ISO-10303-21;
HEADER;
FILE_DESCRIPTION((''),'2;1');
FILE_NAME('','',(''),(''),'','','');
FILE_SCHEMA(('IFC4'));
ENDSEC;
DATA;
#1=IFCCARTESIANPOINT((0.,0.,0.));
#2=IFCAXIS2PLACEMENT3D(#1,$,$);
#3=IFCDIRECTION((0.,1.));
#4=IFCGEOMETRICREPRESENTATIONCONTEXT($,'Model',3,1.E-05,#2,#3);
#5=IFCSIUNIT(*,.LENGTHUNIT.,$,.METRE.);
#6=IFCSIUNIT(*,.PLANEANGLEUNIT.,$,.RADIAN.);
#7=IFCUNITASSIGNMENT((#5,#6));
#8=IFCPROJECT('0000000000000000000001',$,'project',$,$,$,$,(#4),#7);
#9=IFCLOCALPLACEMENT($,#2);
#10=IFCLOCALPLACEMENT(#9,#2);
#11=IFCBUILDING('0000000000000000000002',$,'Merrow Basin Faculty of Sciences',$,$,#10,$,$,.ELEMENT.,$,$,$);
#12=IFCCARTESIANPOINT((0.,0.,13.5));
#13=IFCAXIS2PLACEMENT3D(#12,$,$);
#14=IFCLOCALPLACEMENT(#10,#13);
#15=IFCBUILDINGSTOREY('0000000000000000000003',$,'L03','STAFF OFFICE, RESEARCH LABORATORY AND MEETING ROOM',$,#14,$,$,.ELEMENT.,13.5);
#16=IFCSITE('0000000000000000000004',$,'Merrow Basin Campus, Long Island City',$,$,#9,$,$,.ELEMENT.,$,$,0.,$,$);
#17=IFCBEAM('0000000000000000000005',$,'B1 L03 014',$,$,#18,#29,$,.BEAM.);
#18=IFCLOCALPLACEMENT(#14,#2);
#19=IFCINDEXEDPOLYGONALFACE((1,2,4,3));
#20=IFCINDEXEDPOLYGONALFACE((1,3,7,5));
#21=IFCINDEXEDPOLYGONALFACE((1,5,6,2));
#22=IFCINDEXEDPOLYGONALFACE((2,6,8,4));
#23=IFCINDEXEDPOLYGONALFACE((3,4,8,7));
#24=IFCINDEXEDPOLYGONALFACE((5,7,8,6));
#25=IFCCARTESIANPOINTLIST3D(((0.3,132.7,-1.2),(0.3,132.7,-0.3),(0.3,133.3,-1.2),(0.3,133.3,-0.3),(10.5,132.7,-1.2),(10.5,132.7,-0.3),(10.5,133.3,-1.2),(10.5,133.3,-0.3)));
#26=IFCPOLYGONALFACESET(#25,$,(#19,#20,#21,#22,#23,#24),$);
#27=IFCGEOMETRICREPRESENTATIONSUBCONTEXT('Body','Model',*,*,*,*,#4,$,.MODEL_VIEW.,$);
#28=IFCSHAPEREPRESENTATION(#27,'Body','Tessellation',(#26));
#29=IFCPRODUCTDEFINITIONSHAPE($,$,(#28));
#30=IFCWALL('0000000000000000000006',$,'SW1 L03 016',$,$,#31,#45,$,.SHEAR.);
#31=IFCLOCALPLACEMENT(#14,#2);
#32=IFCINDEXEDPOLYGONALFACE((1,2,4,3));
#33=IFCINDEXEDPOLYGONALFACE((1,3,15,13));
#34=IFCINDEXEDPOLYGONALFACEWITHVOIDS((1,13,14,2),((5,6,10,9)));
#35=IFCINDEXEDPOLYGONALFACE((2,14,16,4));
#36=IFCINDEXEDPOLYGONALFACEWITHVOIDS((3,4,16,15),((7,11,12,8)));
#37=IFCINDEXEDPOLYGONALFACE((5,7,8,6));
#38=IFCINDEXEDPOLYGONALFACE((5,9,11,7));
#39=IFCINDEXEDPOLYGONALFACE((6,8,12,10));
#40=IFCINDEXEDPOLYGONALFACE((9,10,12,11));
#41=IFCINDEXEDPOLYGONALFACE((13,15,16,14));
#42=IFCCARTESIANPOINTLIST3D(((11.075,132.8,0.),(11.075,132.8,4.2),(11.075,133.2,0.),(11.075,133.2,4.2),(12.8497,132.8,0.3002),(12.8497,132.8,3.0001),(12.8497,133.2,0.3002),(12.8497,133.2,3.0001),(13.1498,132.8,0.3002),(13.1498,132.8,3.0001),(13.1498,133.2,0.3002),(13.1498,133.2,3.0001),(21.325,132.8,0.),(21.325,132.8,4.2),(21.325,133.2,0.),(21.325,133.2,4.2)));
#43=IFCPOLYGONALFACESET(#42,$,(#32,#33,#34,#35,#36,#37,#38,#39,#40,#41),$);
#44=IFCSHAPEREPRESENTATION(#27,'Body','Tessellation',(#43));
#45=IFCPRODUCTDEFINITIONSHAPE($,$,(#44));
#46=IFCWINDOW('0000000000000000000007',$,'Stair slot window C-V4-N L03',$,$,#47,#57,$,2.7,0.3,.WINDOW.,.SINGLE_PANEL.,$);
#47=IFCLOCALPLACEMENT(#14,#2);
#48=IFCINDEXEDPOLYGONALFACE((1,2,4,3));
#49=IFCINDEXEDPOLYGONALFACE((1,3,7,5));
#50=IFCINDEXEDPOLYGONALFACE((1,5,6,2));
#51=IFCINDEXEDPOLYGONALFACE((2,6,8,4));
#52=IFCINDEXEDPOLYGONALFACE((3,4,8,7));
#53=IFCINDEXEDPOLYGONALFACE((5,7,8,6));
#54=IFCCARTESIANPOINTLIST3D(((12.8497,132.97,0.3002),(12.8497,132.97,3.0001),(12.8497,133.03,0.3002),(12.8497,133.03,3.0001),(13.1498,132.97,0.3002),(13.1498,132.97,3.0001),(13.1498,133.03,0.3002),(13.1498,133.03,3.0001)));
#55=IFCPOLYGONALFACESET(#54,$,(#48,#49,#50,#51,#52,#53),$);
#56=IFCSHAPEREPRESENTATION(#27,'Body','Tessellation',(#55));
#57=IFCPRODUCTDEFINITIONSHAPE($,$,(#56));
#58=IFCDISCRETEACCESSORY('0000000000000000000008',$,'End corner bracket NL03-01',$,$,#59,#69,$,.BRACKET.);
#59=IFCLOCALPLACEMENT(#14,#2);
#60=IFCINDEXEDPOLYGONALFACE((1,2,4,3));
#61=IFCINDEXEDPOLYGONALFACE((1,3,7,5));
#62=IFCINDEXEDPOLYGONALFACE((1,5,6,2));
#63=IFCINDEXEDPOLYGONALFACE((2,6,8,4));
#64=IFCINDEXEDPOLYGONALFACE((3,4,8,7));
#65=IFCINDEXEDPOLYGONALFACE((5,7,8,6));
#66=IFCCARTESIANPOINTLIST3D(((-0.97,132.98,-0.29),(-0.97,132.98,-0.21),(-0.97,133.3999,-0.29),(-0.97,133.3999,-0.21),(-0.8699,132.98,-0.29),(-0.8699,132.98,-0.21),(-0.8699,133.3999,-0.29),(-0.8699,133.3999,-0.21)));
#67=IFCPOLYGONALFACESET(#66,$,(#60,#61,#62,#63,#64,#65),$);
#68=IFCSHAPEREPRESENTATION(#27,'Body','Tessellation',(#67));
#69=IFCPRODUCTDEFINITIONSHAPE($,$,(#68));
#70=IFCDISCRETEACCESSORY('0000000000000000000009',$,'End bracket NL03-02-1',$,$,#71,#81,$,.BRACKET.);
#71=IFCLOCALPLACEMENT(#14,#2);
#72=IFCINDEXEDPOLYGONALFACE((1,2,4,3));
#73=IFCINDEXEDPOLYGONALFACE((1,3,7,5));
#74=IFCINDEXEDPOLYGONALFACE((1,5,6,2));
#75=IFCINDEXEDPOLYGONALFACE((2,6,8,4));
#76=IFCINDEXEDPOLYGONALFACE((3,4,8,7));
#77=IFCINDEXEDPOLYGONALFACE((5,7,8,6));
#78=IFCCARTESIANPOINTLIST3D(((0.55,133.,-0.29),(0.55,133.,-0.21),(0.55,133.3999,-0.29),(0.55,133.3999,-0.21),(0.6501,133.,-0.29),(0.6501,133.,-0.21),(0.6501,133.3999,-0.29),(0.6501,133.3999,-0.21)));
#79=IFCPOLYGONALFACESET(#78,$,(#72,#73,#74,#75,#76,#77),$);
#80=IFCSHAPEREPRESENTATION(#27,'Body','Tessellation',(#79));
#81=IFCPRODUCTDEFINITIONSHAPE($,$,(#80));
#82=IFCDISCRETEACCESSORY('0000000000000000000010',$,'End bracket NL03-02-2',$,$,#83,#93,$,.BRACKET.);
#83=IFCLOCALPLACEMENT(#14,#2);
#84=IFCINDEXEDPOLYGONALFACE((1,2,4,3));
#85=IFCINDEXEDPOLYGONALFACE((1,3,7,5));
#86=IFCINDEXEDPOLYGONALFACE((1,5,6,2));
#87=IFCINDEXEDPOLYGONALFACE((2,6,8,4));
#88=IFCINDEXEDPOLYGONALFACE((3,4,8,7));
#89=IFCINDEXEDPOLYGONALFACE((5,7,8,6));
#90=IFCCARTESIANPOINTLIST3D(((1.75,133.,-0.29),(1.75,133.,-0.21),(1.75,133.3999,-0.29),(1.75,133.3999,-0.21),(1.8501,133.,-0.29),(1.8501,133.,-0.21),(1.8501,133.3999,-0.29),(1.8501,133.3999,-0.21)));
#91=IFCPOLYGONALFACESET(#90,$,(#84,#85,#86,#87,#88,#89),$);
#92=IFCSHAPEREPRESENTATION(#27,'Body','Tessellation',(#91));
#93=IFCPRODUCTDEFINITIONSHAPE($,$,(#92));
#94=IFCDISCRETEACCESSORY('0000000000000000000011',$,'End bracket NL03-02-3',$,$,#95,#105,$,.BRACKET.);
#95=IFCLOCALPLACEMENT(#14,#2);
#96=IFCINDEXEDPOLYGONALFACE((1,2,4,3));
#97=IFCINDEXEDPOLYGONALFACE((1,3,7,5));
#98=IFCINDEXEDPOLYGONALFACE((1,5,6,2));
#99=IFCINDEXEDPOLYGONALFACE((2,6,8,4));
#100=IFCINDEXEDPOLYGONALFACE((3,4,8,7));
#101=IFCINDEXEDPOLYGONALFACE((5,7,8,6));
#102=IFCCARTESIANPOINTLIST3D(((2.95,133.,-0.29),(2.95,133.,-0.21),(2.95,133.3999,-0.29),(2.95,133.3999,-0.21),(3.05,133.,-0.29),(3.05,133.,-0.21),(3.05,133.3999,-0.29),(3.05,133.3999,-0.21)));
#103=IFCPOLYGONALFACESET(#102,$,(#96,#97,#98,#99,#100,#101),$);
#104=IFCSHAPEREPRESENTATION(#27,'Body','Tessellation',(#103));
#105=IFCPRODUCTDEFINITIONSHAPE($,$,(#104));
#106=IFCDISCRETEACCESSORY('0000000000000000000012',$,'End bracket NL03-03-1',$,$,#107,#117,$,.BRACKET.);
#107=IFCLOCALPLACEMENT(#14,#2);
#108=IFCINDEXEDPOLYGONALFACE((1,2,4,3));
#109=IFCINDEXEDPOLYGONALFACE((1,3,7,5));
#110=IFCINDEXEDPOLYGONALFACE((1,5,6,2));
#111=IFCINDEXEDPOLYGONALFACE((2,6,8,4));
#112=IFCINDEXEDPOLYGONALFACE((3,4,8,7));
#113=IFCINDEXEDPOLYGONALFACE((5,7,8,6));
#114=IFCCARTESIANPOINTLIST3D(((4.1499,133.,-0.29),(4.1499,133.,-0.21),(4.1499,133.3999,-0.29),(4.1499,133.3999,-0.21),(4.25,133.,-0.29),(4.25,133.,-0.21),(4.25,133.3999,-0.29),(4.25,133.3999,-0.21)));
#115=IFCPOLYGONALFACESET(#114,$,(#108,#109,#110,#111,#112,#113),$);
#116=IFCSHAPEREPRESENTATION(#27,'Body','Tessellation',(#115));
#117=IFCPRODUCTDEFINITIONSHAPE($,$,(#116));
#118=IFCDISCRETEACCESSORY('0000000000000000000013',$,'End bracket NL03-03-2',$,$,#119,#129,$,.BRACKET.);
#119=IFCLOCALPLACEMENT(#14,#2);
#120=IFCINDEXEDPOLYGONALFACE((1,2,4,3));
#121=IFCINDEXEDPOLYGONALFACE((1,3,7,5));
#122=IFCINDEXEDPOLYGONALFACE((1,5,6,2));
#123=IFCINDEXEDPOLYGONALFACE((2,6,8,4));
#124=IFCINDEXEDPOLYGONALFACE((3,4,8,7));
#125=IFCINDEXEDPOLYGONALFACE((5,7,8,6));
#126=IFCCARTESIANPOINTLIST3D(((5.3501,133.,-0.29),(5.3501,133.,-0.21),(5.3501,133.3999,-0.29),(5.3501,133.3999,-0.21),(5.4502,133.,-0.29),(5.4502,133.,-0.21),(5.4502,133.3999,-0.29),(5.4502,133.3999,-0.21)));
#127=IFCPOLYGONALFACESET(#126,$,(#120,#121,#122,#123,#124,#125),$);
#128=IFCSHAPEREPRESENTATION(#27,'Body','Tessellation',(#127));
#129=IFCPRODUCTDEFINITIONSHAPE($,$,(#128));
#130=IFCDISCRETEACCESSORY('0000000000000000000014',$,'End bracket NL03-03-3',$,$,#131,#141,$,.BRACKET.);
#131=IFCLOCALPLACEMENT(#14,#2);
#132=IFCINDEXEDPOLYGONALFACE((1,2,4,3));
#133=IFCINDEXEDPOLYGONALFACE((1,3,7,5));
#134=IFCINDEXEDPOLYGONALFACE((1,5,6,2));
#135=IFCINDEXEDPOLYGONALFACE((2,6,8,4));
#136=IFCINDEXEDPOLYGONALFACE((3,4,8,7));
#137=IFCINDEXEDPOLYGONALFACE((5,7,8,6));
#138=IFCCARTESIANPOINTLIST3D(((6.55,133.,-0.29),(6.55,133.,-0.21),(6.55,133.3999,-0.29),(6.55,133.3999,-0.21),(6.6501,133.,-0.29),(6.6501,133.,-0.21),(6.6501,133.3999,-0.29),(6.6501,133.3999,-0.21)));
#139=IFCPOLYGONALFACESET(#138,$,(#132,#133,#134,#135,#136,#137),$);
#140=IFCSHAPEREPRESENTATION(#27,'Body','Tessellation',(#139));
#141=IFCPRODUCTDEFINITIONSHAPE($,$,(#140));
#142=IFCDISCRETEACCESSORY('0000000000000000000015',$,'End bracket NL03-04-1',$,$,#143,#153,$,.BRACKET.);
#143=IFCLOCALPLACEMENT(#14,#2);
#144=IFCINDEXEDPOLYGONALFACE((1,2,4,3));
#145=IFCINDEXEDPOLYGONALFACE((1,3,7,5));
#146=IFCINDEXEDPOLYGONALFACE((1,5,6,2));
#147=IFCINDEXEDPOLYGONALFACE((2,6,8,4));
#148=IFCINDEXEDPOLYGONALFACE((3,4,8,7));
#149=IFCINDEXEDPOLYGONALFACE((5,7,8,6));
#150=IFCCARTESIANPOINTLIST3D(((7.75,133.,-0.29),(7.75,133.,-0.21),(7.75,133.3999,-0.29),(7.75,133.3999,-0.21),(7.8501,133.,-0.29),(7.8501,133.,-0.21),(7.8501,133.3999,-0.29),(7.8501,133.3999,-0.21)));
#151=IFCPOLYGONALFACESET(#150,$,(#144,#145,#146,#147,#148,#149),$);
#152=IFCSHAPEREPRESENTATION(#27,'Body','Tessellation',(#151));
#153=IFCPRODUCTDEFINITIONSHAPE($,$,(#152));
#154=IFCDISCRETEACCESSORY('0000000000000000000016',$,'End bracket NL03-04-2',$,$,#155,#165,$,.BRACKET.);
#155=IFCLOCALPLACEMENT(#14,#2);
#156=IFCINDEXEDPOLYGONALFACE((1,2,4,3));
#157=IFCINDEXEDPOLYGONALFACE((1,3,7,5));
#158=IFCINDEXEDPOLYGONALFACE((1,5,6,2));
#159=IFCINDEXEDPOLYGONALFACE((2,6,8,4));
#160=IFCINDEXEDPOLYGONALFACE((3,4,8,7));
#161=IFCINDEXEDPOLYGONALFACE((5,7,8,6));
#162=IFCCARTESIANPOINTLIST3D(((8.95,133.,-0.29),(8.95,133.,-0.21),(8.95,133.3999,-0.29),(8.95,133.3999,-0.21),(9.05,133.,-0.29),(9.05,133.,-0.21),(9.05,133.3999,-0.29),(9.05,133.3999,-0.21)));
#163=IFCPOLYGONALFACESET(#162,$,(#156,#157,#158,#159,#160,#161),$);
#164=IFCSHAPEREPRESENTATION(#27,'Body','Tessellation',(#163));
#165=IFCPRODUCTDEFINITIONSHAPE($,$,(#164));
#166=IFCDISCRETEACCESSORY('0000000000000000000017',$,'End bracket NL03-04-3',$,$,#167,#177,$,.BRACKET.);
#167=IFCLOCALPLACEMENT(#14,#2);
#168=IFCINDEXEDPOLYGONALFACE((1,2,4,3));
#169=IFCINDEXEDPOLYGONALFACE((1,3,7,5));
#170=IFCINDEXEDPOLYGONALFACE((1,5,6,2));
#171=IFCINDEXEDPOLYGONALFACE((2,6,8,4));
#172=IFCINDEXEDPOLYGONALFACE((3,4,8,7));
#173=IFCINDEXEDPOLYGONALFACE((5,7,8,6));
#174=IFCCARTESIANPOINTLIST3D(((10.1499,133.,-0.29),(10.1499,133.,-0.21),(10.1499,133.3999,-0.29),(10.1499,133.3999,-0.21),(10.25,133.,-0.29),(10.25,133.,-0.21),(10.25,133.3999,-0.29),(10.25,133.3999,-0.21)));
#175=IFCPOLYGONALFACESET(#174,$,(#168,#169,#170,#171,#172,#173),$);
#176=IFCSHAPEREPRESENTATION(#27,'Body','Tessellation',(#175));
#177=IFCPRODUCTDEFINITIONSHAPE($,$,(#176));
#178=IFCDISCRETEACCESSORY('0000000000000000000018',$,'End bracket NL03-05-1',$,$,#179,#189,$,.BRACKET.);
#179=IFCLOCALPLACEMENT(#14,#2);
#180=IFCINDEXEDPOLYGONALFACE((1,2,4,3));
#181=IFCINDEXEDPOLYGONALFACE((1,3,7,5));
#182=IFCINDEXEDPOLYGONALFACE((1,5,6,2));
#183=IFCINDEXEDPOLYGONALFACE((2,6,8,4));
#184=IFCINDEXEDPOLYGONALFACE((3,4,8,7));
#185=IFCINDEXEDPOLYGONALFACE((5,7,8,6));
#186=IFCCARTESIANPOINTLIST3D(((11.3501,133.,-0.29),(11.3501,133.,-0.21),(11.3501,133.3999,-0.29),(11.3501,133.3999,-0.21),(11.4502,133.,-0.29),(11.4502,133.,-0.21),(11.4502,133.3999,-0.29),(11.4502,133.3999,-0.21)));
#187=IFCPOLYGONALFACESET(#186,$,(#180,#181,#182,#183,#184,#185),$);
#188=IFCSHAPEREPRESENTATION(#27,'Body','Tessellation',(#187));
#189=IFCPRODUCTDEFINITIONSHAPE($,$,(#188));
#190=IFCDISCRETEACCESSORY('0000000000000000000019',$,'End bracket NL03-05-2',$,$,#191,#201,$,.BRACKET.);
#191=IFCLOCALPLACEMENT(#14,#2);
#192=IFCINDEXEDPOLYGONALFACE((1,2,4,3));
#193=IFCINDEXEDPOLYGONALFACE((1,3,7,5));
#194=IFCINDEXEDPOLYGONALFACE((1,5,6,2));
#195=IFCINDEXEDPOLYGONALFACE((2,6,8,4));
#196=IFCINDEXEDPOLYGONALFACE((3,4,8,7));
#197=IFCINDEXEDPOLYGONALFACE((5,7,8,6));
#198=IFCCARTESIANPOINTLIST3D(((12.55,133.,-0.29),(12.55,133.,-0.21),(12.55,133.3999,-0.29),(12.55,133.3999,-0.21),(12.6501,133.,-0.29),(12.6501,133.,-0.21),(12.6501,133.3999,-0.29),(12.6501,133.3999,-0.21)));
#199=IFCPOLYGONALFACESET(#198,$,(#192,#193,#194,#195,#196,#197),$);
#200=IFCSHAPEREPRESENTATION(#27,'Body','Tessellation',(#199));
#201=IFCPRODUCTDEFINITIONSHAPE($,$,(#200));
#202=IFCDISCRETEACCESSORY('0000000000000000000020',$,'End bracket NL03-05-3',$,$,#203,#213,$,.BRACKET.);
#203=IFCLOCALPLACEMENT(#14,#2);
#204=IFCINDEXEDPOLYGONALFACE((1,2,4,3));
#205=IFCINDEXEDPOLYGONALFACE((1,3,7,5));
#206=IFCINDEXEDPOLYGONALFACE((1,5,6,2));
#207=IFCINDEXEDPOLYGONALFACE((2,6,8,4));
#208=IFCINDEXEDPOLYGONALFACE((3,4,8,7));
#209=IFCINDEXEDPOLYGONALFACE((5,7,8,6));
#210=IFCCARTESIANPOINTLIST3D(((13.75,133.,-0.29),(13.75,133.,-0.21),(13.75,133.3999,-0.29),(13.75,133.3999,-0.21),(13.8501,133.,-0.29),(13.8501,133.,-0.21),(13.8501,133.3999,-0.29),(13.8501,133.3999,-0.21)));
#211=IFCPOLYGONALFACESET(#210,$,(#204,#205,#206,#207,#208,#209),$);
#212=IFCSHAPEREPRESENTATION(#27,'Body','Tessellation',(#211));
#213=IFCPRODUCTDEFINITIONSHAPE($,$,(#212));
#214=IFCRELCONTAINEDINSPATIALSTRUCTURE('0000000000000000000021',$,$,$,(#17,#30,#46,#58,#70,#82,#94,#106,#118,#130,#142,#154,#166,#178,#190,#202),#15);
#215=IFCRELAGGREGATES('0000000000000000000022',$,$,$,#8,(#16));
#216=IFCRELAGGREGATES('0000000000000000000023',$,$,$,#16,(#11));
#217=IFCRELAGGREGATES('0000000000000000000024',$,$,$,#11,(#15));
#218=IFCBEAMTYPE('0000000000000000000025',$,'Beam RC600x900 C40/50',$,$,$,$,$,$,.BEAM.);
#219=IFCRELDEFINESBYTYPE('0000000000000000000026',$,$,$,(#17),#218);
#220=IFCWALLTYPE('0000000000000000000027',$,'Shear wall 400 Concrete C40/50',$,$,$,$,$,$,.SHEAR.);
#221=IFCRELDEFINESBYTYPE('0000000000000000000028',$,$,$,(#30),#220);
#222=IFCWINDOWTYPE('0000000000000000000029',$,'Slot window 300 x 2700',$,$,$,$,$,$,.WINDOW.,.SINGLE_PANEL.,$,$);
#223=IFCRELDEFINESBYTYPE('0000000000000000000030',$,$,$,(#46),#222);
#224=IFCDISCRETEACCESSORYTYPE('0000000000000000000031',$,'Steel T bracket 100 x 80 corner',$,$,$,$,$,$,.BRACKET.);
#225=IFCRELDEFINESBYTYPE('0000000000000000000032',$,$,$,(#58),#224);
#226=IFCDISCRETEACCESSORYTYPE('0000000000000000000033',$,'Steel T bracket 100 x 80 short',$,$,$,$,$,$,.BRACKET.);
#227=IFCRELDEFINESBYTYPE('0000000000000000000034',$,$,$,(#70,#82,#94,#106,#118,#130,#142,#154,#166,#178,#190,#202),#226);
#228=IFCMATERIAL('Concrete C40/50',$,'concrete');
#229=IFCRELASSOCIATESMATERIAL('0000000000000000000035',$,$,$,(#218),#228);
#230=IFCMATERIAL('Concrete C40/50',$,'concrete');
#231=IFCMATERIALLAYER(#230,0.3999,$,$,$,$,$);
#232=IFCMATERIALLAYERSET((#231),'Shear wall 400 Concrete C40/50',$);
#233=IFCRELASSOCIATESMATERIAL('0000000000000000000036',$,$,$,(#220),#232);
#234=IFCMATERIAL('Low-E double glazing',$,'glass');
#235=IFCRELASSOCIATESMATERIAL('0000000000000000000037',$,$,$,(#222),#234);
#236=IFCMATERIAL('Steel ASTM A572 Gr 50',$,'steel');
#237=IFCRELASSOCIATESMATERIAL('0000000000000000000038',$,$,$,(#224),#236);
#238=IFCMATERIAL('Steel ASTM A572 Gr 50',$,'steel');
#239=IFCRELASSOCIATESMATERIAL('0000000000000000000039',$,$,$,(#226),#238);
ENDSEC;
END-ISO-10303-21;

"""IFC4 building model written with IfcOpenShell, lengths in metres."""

from ifc_helpers import new_model, si_unit, direction, frame, frame_2d, origin, origin_2d, place, context, subcontext, project, spatial, polyline, rectangle, outline, extrude, source, transform, mapped, material, layer, layer_set, material_profile, profile_set, type_object, element, fill, save


model = new_model("IFC4")

# Units and contexts
model_context = context("Model", 3, precision=1e-05, world=origin(), true_north=direction((0.0, 1.0)))
body_context = subcontext(model_context, "Body", "Model", "MODEL_VIEW")
ifc_project = project(units=[si_unit("LENGTHUNIT", "METRE"), si_unit("PLANEANGLEUNIT", "RADIAN")], contexts=[model_context])

# Site, building, storey
site_placement = place(None, origin())
site = spatial("IfcSite", under=ifc_project, at=site_placement, Name="Merrow Basin Campus, Long Island City", CompositionType="ELEMENT", RefElevation=0.0)
building_placement = place(site_placement, origin())
building = spatial("IfcBuilding", under=site, at=building_placement, Name="Merrow Basin Faculty of Sciences", CompositionType="ELEMENT")
storey_placement = place(building_placement, frame((0.0, 0.0, 13.5)))
storey = spatial("IfcBuildingStorey", under=building, at=storey_placement, Name="L03", Description="STAFF OFFICE, RESEARCH LABORATORY AND MEETING ROOM", CompositionType="ELEMENT", Elevation=13.5)

# Beam
ifc_material_1 = material(Name="Concrete C40/50", Category="concrete")
ifc_material_profile = material_profile(ifc_material_1, rectangle(XDim=0.6001, YDim=0.8999, at=origin_2d()))
ifc_profile_set = profile_set([ifc_material_profile], Name="Concrete C40/50")
beam_type = type_object("IfcBeamType", Name="Beam RC600x900 C40/50", PredefinedType="BEAM", material=ifc_profile_set)
beam_placement = place(storey_placement, frame((0.3, 133.0, -0.75), z_axis=(1.0, 0.0, 0.0), x_axis=(0.0, 1.0, 0.0)))
element("IfcBeam", 1, at=beam_placement, inside=storey, type_object=beam_type, Name="B1 L03 014", PredefinedType="BEAM", context=body_context, shape_type="SweptSolid", body=[
    extrude(rectangle(XDim=0.6001, YDim=0.8999, at=origin_2d()), origin(), (0.0, 0.0, 1.0), 10.2),
])

# Wall, opening, window
ifc_material_2 = material(Name="Concrete C40/50", Category="concrete")
ifc_layer_1 = layer(ifc_material_2, 0.3999)
ifc_layer_set_1 = layer_set([ifc_layer_1], Name="Shear wall 400 Concrete C40/50")
wall_type = type_object("IfcWallType", Name="Shear wall 400 Concrete C40/50", PredefinedType="SHEAR", material=ifc_layer_set_1)
wall_placement = place(storey_placement, frame((11.075, 133.0, 0.0), z_axis=(0.0, 0.0, 1.0), x_axis=(1.0, 0.0, 0.0)))
wall = element("IfcWall", 2, at=wall_placement, inside=storey, type_object=wall_type, Name="SW1 L03 016", PredefinedType="SHEAR", context=body_context, shape_type="SweptSolid", body=[
    extrude(rectangle(XDim=10.25, YDim=0.3999, at=frame_2d((5.125, 0.0))), origin(), (0.0, 0.0, 1.0), 4.2),
])
opening_placement = place(wall_placement, frame((1.7749, 0.0, 0.3)))
opening = element("IfcOpeningElement", 3, at=opening_placement, cuts=wall, PredefinedType="OPENING", context=body_context, shape_type="SweptSolid", body=[
    extrude(rectangle(XDim=0.3, YDim=2.7, at=frame_2d((0.1499, 1.3501))), frame((0.0, 0.21, 0.0), z_axis=(0.0, -1.0, 0.0), x_axis=(1.0, 0.0, 0.0)), (0.0, 0.0, 1.0), 0.4199),
])
ifc_material_3 = material(Name="Low-E double glazing", Category="glass")
window_type = type_object("IfcWindowType", Name="Slot window 300 x 2700", PartitioningType="SINGLE_PANEL", PredefinedType="WINDOW", material=ifc_material_3)
window_placement = place(opening_placement, origin())
window = element("IfcWindow", 4, at=window_placement, inside=storey, type_object=window_type, Name="Stair slot window C-V4-N L03", OverallHeight=2.7, OverallWidth=0.3, PartitioningType="SINGLE_PANEL", PredefinedType="WINDOW", context=body_context, shape_type="SweptSolid", body=[
    extrude(rectangle(XDim=0.3, YDim=2.7, at=frame_2d((0.1499, 1.3501))), frame((0.0, 0.03, 0.0), z_axis=(0.0, -1.0, 0.0), x_axis=(1.0, 0.0, 0.0)), (0.0, 0.0, 1.0), 0.0601),
])
fill(opening, window)

# Discrete accessories
ifc_material_4 = material(Name="Steel ASTM A572 Gr 50", Category="steel")
discrete_accessory_type_1 = type_object("IfcDiscreteAccessoryType", Name="Steel T bracket 100 x 80 corner", PredefinedType="BRACKET", material=ifc_material_4)
shared_shape_1 = source(origin(), body_context, "Body", "SweptSolid", [
    extrude(outline(polyline([(0.0, 0.0), (0.1001, 0.0), (0.1001, 0.0801), (0.0, 0.0801), (0.0, 0.0)])), origin(), (0.0, 0.0, 1.0), 0.4199),
])
discrete_accessory_placement = place(storey_placement, frame((-0.97, 133.3999, -0.29), z_axis=(0.0, -1.0, 0.0), x_axis=(1.0, 0.0, 0.0)))
element("IfcDiscreteAccessory", 5, at=discrete_accessory_placement, inside=storey, type_object=discrete_accessory_type_1, Name="End corner bracket NL03-01", PredefinedType="BRACKET", context=body_context, shape_type="MappedRepresentation", body=[
    mapped(shared_shape_1, transform((0.0, 0.0, 0.0), scale=1.0)),
])
ifc_material_5 = material(Name="Steel ASTM A572 Gr 50", Category="steel")
discrete_accessory_type_2 = type_object("IfcDiscreteAccessoryType", Name="Steel T bracket 100 x 80 short", PredefinedType="BRACKET", material=ifc_material_5)
shared_shape_2 = source(origin(), body_context, "Body", "SweptSolid", [
    extrude(outline(polyline([(0.0, 0.0), (0.1001, 0.0), (0.1001, 0.0801), (0.0, 0.0801), (0.0, 0.0)])), origin(), (0.0, 0.0, 1.0), 0.3999),
])
for number, where, z_axis, x_axis, name in (
    (6, (0.55, 133.3999, -0.29), (0.0, -1.0, 0.0), (1.0, 0.0, 0.0), "End bracket NL03-02-1"),
    (7, (1.75, 133.3999, -0.29), (0.0, -1.0, 0.0), (1.0, 0.0, 0.0), "End bracket NL03-02-2"),
    (8, (2.95, 133.3999, -0.29), (0.0, -1.0, 0.0), (1.0, 0.0, 0.0), "End bracket NL03-02-3"),
    (9, (4.1499, 133.3999, -0.29), (0.0, -1.0, 0.0), (1.0, 0.0, 0.0), "End bracket NL03-03-1"),
    (10, (5.3501, 133.3999, -0.29), (0.0, -1.0, 0.0), (1.0, 0.0, 0.0), "End bracket NL03-03-2"),
    (11, (6.55, 133.3999, -0.29), (0.0, -1.0, 0.0), (1.0, 0.0, 0.0), "End bracket NL03-03-3"),
    (12, (7.75, 133.3999, -0.29), (0.0, -1.0, 0.0), (1.0, 0.0, 0.0), "End bracket NL03-04-1"),
    (13, (8.95, 133.3999, -0.29), (0.0, -1.0, 0.0), (1.0, 0.0, 0.0), "End bracket NL03-04-2"),
    (14, (10.1499, 133.3999, -0.29), (0.0, -1.0, 0.0), (1.0, 0.0, 0.0), "End bracket NL03-04-3"),
    (15, (11.3501, 133.3999, -0.29), (0.0, -1.0, 0.0), (1.0, 0.0, 0.0), "End bracket NL03-05-1"),
    (16, (12.55, 133.3999, -0.29), (0.0, -1.0, 0.0), (1.0, 0.0, 0.0), "End bracket NL03-05-2"),
    (17, (13.75, 133.3999, -0.29), (0.0, -1.0, 0.0), (1.0, 0.0, 0.0), "End bracket NL03-05-3"),
):
    element("IfcDiscreteAccessory", number, at=place(storey_placement, frame(where, z_axis=z_axis, x_axis=x_axis)), inside=storey, type_object=discrete_accessory_type_2, Name=name, PredefinedType="BRACKET", context=body_context, shape_type="MappedRepresentation", body=[
        mapped(shared_shape_2, transform((0.0, 0.0, 0.0), scale=1.0)),
    ])

save(model, "model.ifc")
